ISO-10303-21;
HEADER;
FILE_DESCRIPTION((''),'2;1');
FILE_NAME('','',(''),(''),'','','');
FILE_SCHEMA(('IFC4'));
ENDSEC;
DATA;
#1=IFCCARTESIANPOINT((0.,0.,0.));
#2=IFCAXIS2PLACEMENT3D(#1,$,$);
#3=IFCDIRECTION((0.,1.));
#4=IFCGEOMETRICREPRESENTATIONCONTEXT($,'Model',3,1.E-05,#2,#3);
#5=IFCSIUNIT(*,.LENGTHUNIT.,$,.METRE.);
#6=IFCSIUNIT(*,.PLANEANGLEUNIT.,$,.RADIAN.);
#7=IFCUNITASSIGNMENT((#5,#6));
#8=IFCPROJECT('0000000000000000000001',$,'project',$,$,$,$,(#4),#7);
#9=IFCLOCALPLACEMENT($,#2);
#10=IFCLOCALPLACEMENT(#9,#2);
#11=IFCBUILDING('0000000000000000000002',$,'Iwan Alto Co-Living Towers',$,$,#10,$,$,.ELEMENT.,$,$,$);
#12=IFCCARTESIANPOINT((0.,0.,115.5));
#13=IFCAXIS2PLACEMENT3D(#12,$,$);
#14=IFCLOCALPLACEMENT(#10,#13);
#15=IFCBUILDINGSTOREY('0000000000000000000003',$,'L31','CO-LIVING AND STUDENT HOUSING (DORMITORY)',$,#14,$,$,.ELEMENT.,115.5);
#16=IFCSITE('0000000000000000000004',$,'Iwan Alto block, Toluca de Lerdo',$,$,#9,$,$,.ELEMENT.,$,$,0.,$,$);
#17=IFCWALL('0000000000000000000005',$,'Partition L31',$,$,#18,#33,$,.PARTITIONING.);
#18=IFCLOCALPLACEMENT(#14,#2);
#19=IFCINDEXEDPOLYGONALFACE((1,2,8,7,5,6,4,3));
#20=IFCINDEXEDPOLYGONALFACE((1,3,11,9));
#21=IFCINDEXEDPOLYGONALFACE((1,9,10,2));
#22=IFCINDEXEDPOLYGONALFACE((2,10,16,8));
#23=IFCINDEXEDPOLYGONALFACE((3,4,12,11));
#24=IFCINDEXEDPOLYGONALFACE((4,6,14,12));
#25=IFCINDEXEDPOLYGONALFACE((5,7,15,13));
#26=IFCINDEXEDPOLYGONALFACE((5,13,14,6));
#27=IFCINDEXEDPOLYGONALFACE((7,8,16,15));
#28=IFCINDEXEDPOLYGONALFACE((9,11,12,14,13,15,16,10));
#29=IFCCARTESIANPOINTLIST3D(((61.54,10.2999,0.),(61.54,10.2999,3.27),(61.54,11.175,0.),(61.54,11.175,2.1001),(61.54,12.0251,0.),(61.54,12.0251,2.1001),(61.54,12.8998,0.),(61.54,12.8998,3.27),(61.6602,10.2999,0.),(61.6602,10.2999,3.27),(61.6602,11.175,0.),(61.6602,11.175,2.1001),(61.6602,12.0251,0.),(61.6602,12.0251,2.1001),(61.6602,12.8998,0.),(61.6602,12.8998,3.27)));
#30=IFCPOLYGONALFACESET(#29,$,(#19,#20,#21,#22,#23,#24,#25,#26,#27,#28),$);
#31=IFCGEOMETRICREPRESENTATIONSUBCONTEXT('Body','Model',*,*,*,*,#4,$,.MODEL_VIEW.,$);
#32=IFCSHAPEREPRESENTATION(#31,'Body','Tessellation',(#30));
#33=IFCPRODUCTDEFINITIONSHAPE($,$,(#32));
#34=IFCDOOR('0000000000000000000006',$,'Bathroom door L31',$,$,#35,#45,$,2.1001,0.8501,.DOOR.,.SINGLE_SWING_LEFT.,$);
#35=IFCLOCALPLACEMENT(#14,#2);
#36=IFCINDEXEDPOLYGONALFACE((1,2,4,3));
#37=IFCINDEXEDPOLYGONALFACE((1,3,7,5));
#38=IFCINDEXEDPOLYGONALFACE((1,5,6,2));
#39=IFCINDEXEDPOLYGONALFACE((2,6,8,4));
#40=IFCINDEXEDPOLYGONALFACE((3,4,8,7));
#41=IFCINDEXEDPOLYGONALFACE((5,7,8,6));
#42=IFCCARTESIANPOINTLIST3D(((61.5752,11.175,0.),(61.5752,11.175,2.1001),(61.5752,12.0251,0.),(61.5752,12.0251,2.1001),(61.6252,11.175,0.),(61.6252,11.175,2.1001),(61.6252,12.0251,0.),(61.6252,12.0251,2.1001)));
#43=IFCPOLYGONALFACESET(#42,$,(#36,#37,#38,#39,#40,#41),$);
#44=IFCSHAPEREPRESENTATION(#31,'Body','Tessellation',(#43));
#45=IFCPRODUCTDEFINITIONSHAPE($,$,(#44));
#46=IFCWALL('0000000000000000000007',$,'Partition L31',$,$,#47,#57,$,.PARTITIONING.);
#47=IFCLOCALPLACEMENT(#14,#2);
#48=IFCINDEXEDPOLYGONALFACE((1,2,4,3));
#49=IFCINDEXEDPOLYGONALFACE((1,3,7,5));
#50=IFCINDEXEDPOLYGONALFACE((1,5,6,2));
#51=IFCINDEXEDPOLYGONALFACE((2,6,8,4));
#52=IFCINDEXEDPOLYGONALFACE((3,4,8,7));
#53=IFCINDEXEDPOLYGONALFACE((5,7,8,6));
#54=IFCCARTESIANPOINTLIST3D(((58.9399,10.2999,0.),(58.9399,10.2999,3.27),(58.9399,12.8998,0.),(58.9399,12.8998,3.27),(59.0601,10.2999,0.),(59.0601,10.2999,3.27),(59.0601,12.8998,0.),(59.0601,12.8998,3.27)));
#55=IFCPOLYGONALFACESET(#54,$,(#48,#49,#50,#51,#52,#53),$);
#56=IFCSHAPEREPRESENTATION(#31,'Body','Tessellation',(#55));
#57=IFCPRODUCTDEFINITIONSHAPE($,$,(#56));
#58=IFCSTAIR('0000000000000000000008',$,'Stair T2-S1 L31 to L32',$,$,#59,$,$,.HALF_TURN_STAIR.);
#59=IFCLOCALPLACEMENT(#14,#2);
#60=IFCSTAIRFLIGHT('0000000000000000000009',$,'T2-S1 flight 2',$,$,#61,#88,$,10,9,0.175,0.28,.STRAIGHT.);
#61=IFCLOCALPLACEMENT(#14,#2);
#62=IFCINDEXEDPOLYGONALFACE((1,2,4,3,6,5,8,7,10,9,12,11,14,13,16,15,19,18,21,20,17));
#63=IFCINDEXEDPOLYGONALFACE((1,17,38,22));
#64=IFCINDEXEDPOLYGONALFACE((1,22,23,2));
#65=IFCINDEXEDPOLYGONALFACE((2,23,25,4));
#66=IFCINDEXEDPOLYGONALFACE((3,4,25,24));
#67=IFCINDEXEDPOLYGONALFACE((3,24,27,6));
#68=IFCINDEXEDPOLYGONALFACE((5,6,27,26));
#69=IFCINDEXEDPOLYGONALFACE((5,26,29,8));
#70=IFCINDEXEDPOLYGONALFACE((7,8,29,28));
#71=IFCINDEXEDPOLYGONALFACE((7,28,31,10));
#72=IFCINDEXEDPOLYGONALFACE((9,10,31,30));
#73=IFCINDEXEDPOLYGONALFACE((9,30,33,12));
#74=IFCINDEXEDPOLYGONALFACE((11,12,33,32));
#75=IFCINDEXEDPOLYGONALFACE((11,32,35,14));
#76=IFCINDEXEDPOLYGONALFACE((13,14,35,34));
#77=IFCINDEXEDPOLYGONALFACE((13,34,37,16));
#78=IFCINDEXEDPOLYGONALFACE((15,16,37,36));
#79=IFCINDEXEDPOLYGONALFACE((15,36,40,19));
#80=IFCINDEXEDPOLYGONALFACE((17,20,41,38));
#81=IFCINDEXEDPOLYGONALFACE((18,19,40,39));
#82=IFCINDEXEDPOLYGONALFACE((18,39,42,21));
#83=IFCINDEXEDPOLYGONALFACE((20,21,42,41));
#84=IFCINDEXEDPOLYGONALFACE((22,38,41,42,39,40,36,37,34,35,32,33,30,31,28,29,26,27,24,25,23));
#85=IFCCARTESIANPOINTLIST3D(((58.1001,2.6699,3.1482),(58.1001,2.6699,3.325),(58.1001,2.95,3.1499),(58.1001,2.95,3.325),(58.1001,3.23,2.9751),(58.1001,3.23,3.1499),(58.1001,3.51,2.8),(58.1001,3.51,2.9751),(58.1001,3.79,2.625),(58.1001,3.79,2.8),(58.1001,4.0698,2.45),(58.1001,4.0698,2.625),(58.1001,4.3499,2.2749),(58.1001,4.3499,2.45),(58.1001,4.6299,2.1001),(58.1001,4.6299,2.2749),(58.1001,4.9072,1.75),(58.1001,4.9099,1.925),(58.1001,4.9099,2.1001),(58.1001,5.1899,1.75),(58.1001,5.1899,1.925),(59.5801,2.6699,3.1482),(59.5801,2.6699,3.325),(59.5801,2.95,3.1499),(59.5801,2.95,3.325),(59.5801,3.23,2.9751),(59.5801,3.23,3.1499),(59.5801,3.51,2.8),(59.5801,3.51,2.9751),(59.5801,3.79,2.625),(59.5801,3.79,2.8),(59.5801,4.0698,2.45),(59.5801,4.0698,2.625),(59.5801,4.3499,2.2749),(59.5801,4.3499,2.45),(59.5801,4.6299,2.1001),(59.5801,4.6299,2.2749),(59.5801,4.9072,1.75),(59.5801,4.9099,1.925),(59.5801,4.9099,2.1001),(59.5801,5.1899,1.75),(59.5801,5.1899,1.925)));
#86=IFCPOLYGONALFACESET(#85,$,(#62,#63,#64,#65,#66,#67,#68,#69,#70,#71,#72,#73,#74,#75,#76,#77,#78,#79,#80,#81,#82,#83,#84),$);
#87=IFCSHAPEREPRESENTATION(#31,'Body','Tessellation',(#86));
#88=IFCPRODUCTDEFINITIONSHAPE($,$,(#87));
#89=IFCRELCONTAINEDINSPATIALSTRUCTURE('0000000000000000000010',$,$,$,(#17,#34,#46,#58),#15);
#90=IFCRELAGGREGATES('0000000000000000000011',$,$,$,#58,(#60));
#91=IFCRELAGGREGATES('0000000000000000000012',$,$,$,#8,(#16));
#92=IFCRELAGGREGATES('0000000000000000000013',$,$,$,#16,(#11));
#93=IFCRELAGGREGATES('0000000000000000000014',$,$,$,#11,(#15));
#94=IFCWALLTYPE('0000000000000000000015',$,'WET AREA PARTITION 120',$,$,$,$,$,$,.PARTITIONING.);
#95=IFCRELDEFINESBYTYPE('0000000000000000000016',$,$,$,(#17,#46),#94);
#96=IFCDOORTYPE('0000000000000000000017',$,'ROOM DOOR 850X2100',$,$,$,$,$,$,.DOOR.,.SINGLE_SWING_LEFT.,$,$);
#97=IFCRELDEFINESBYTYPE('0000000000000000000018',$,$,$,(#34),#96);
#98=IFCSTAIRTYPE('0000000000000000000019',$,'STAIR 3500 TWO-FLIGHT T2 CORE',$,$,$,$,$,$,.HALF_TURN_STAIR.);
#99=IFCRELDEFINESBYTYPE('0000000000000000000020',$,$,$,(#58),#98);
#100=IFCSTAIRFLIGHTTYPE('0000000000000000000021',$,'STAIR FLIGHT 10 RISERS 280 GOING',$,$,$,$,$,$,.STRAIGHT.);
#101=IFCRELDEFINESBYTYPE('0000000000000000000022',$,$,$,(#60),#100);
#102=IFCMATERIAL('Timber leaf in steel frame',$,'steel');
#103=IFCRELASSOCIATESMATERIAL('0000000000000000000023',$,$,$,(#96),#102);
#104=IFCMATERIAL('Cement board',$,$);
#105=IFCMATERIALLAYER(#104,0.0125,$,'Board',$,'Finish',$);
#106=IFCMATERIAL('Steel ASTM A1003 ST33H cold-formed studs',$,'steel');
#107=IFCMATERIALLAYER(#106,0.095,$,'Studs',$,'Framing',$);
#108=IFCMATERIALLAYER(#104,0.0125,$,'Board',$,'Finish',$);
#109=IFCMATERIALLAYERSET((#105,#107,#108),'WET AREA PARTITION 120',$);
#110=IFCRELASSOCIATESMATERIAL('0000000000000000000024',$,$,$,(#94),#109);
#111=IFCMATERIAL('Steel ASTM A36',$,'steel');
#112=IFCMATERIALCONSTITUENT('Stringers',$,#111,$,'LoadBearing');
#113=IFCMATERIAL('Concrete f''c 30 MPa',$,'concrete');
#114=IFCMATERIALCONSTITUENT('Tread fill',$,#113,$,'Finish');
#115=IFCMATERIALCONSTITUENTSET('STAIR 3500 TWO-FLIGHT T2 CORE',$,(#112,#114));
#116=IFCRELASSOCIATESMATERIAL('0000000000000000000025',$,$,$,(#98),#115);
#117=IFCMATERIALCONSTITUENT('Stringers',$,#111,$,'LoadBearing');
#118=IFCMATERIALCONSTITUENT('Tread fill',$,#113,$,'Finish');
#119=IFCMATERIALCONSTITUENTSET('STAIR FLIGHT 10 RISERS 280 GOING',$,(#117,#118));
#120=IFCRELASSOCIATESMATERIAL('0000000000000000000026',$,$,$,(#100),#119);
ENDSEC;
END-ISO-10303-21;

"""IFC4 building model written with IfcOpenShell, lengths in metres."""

from ifc_helpers import new_model, si_unit, direction, frame, frame_2d, origin, place, context, subcontext, project, spatial, polyline, rectangle, outline, extrude, material, layer, layer_set, constituent, constituent_set, type_object, element, fill, aggregate, save


model = new_model("IFC4")

# Units and contexts
model_context = context("Model", 3, precision=1e-05, world=origin(), true_north=direction((0.0, 1.0)))
body_context = subcontext(model_context, "Body", "Model", "MODEL_VIEW")
ifc_project = project(units=[si_unit("LENGTHUNIT", "METRE"), si_unit("PLANEANGLEUNIT", "RADIAN")], contexts=[model_context])

# Site, building, storey
site_placement = place(None, origin())
site = spatial("IfcSite", under=ifc_project, at=site_placement, Name="Iwan Alto block, Toluca de Lerdo", CompositionType="ELEMENT", RefElevation=0.0)
building_placement = place(site_placement, origin())
building = spatial("IfcBuilding", under=site, at=building_placement, Name="Iwan Alto Co-Living Towers", CompositionType="ELEMENT")
storey_placement = place(building_placement, frame((0.0, 0.0, 115.5)))
storey = spatial("IfcBuildingStorey", under=building, at=storey_placement, Name="L31", Description="CO-LIVING AND STUDENT HOUSING (DORMITORY)", CompositionType="ELEMENT", Elevation=115.5)

# Shared definitions
ifc_material_1 = material(Name="Steel ASTM A1003 ST33H cold-formed studs", Category="steel")
ifc_material_2 = material(Name="Timber leaf in steel frame", Category="steel")
door_type_1 = type_object("IfcDoorType", Name="ROOM DOOR 850X2100", OperationType="SINGLE_SWING_LEFT", PredefinedType="DOOR", material=ifc_material_2)

# Wall, opening, door
ifc_material_3 = material(Name="Cement board")
ifc_layer_1 = layer(ifc_material_3, 0.0125, Name="Board", Category="Finish")
ifc_layer_2 = layer(ifc_material_1, 0.095, Name="Studs", Category="Framing")
ifc_layer_3 = layer(ifc_material_3, 0.0125, Name="Board", Category="Finish")
ifc_layer_set_1 = layer_set([ifc_layer_1, ifc_layer_2, ifc_layer_3], Name="WET AREA PARTITION 120")
wall_type_1 = type_object("IfcWallType", Name="WET AREA PARTITION 120", PredefinedType="PARTITIONING", material=ifc_layer_set_1)
wall_1_placement = place(storey_placement, frame((61.6001, 10.3, 0.0), z_axis=(0.0, 0.0, 1.0), x_axis=(0.0, 1.0, 0.0)))
wall_1 = element("IfcWall", 1, at=wall_1_placement, inside=storey, type_object=wall_type_1, Name="Partition L31", PredefinedType="PARTITIONING", context=body_context, shape_type="SweptSolid", body=[
    extrude(rectangle(XDim=2.5999, YDim=0.1201, at=frame_2d((1.2998, 0.0))), origin(), (0.0, 0.0, 1.0), 3.27),
])
opening_1_placement = place(wall_1_placement, frame((0.875, 0.0, 0.0)))
opening_1 = element("IfcOpeningElement", 2, at=opening_1_placement, cuts=wall_1, PredefinedType="OPENING", context=body_context, shape_type="SweptSolid", body=[
    extrude(rectangle(XDim=0.8501, YDim=2.1001, at=frame_2d((0.425, 1.05))), frame((0.0, 0.0701, 0.0), z_axis=(0.0, -1.0, 0.0), x_axis=(1.0, 0.0, 0.0)), (0.0, 0.0, 1.0), 0.1401),
])
door_1_placement = place(opening_1_placement, origin())
door_1 = element("IfcDoor", 3, at=door_1_placement, inside=storey, type_object=door_type_1, Name="Bathroom door L31", OperationType="SINGLE_SWING_LEFT", OverallHeight=2.1001, OverallWidth=0.8501, PredefinedType="DOOR", context=body_context, shape_type="SweptSolid", body=[
    extrude(rectangle(XDim=0.8501, YDim=2.1001, at=frame_2d((0.425, 1.05))), frame((0.0, 0.0249, 0.0), z_axis=(0.0, -1.0, 0.0), x_axis=(1.0, 0.0, 0.0)), (0.0, 0.0, 1.0), 0.05),
])
fill(opening_1, door_1)

# Wall
wall_2_placement = place(storey_placement, frame((59.0, 10.3, 0.0), z_axis=(0.0, 0.0, 1.0), x_axis=(0.0, 1.0, 0.0)))
element("IfcWall", 4, at=wall_2_placement, inside=storey, type_object=wall_type_1, Name="Partition L31", PredefinedType="PARTITIONING", context=body_context, shape_type="SweptSolid", body=[
    extrude(rectangle(XDim=2.5999, YDim=0.1201, at=frame_2d((1.2998, 0.0))), origin(), (0.0, 0.0, 1.0), 3.27),
])

# Stair, stair flight
ifc_material_4 = material(Name="Steel ASTM A36", Category="steel")
ifc_constituent_1 = constituent(ifc_material_4, Name="Stringers", Category="LoadBearing")
ifc_material_5 = material(Name="Concrete f'c 30 MPa", Category="concrete")
ifc_constituent_2 = constituent(ifc_material_5, Name="Tread fill", Category="Finish")
ifc_constituent_set_1 = constituent_set(constituents=[ifc_constituent_1, ifc_constituent_2], Name="STAIR 3500 TWO-FLIGHT T2 CORE")
stair_type = type_object("IfcStairType", Name="STAIR 3500 TWO-FLIGHT T2 CORE", PredefinedType="HALF_TURN_STAIR", material=ifc_constituent_set_1)
stair_placement = place(storey_placement, origin())
stair = element("IfcStair", 5, at=stair_placement, inside=storey, type_object=stair_type, Name="Stair T2-S1 L31 to L32", PredefinedType="HALF_TURN_STAIR")
ifc_constituent_3 = constituent(ifc_material_4, Name="Stringers", Category="LoadBearing")
ifc_constituent_4 = constituent(ifc_material_5, Name="Tread fill", Category="Finish")
ifc_constituent_set_2 = constituent_set(constituents=[ifc_constituent_3, ifc_constituent_4], Name="STAIR FLIGHT 10 RISERS 280 GOING")
stair_flight_type = type_object("IfcStairFlightType", Name="STAIR FLIGHT 10 RISERS 280 GOING", PredefinedType="STRAIGHT", material=ifc_constituent_set_2)
stair_flight_placement = place(storey_placement, frame((58.8401, 5.1899, 1.75), z_axis=(0.0, 0.0, 1.0), x_axis=(0.0, -1.0, 0.0)))
stair_flight = element("IfcStairFlight", 6, at=stair_flight_placement, type_object=stair_flight_type, Name="T2-S1 flight 2", NumberOfRisers=10, NumberOfTreads=9, PredefinedType="STRAIGHT", RiserHeight=0.175, TreadLength=0.28, context=body_context, shape_type="SweptSolid", body=[
    extrude(outline(polyline([(0.0, 0.0), (0.0, 0.175), (0.28, 0.175), (0.28, 0.3501), (0.5601, 0.3501), (0.5601, 0.5249), (0.8401, 0.5249), (0.8401, 0.7), (1.1201, 0.7), (1.1201, 0.875), (1.3999, 0.875), (1.3999, 1.05), (1.6799, 1.05), (1.6799, 1.2251), (1.96, 1.2251), (1.96, 1.3999), (2.24, 1.3999), (2.24, 1.575), (2.52, 1.575), (2.52, 1.75), (2.52, 1.3982), (0.2827, 0.0), (0.0, 0.0)])), frame((0.0, 0.74, 0.0), z_axis=(0.0, -1.0, 0.0), x_axis=(1.0, 0.0, 0.0)), (0.0, 0.0, 1.0), 1.48),
])
aggregate(stair, [stair_flight])

save(model, "model.ifc")
